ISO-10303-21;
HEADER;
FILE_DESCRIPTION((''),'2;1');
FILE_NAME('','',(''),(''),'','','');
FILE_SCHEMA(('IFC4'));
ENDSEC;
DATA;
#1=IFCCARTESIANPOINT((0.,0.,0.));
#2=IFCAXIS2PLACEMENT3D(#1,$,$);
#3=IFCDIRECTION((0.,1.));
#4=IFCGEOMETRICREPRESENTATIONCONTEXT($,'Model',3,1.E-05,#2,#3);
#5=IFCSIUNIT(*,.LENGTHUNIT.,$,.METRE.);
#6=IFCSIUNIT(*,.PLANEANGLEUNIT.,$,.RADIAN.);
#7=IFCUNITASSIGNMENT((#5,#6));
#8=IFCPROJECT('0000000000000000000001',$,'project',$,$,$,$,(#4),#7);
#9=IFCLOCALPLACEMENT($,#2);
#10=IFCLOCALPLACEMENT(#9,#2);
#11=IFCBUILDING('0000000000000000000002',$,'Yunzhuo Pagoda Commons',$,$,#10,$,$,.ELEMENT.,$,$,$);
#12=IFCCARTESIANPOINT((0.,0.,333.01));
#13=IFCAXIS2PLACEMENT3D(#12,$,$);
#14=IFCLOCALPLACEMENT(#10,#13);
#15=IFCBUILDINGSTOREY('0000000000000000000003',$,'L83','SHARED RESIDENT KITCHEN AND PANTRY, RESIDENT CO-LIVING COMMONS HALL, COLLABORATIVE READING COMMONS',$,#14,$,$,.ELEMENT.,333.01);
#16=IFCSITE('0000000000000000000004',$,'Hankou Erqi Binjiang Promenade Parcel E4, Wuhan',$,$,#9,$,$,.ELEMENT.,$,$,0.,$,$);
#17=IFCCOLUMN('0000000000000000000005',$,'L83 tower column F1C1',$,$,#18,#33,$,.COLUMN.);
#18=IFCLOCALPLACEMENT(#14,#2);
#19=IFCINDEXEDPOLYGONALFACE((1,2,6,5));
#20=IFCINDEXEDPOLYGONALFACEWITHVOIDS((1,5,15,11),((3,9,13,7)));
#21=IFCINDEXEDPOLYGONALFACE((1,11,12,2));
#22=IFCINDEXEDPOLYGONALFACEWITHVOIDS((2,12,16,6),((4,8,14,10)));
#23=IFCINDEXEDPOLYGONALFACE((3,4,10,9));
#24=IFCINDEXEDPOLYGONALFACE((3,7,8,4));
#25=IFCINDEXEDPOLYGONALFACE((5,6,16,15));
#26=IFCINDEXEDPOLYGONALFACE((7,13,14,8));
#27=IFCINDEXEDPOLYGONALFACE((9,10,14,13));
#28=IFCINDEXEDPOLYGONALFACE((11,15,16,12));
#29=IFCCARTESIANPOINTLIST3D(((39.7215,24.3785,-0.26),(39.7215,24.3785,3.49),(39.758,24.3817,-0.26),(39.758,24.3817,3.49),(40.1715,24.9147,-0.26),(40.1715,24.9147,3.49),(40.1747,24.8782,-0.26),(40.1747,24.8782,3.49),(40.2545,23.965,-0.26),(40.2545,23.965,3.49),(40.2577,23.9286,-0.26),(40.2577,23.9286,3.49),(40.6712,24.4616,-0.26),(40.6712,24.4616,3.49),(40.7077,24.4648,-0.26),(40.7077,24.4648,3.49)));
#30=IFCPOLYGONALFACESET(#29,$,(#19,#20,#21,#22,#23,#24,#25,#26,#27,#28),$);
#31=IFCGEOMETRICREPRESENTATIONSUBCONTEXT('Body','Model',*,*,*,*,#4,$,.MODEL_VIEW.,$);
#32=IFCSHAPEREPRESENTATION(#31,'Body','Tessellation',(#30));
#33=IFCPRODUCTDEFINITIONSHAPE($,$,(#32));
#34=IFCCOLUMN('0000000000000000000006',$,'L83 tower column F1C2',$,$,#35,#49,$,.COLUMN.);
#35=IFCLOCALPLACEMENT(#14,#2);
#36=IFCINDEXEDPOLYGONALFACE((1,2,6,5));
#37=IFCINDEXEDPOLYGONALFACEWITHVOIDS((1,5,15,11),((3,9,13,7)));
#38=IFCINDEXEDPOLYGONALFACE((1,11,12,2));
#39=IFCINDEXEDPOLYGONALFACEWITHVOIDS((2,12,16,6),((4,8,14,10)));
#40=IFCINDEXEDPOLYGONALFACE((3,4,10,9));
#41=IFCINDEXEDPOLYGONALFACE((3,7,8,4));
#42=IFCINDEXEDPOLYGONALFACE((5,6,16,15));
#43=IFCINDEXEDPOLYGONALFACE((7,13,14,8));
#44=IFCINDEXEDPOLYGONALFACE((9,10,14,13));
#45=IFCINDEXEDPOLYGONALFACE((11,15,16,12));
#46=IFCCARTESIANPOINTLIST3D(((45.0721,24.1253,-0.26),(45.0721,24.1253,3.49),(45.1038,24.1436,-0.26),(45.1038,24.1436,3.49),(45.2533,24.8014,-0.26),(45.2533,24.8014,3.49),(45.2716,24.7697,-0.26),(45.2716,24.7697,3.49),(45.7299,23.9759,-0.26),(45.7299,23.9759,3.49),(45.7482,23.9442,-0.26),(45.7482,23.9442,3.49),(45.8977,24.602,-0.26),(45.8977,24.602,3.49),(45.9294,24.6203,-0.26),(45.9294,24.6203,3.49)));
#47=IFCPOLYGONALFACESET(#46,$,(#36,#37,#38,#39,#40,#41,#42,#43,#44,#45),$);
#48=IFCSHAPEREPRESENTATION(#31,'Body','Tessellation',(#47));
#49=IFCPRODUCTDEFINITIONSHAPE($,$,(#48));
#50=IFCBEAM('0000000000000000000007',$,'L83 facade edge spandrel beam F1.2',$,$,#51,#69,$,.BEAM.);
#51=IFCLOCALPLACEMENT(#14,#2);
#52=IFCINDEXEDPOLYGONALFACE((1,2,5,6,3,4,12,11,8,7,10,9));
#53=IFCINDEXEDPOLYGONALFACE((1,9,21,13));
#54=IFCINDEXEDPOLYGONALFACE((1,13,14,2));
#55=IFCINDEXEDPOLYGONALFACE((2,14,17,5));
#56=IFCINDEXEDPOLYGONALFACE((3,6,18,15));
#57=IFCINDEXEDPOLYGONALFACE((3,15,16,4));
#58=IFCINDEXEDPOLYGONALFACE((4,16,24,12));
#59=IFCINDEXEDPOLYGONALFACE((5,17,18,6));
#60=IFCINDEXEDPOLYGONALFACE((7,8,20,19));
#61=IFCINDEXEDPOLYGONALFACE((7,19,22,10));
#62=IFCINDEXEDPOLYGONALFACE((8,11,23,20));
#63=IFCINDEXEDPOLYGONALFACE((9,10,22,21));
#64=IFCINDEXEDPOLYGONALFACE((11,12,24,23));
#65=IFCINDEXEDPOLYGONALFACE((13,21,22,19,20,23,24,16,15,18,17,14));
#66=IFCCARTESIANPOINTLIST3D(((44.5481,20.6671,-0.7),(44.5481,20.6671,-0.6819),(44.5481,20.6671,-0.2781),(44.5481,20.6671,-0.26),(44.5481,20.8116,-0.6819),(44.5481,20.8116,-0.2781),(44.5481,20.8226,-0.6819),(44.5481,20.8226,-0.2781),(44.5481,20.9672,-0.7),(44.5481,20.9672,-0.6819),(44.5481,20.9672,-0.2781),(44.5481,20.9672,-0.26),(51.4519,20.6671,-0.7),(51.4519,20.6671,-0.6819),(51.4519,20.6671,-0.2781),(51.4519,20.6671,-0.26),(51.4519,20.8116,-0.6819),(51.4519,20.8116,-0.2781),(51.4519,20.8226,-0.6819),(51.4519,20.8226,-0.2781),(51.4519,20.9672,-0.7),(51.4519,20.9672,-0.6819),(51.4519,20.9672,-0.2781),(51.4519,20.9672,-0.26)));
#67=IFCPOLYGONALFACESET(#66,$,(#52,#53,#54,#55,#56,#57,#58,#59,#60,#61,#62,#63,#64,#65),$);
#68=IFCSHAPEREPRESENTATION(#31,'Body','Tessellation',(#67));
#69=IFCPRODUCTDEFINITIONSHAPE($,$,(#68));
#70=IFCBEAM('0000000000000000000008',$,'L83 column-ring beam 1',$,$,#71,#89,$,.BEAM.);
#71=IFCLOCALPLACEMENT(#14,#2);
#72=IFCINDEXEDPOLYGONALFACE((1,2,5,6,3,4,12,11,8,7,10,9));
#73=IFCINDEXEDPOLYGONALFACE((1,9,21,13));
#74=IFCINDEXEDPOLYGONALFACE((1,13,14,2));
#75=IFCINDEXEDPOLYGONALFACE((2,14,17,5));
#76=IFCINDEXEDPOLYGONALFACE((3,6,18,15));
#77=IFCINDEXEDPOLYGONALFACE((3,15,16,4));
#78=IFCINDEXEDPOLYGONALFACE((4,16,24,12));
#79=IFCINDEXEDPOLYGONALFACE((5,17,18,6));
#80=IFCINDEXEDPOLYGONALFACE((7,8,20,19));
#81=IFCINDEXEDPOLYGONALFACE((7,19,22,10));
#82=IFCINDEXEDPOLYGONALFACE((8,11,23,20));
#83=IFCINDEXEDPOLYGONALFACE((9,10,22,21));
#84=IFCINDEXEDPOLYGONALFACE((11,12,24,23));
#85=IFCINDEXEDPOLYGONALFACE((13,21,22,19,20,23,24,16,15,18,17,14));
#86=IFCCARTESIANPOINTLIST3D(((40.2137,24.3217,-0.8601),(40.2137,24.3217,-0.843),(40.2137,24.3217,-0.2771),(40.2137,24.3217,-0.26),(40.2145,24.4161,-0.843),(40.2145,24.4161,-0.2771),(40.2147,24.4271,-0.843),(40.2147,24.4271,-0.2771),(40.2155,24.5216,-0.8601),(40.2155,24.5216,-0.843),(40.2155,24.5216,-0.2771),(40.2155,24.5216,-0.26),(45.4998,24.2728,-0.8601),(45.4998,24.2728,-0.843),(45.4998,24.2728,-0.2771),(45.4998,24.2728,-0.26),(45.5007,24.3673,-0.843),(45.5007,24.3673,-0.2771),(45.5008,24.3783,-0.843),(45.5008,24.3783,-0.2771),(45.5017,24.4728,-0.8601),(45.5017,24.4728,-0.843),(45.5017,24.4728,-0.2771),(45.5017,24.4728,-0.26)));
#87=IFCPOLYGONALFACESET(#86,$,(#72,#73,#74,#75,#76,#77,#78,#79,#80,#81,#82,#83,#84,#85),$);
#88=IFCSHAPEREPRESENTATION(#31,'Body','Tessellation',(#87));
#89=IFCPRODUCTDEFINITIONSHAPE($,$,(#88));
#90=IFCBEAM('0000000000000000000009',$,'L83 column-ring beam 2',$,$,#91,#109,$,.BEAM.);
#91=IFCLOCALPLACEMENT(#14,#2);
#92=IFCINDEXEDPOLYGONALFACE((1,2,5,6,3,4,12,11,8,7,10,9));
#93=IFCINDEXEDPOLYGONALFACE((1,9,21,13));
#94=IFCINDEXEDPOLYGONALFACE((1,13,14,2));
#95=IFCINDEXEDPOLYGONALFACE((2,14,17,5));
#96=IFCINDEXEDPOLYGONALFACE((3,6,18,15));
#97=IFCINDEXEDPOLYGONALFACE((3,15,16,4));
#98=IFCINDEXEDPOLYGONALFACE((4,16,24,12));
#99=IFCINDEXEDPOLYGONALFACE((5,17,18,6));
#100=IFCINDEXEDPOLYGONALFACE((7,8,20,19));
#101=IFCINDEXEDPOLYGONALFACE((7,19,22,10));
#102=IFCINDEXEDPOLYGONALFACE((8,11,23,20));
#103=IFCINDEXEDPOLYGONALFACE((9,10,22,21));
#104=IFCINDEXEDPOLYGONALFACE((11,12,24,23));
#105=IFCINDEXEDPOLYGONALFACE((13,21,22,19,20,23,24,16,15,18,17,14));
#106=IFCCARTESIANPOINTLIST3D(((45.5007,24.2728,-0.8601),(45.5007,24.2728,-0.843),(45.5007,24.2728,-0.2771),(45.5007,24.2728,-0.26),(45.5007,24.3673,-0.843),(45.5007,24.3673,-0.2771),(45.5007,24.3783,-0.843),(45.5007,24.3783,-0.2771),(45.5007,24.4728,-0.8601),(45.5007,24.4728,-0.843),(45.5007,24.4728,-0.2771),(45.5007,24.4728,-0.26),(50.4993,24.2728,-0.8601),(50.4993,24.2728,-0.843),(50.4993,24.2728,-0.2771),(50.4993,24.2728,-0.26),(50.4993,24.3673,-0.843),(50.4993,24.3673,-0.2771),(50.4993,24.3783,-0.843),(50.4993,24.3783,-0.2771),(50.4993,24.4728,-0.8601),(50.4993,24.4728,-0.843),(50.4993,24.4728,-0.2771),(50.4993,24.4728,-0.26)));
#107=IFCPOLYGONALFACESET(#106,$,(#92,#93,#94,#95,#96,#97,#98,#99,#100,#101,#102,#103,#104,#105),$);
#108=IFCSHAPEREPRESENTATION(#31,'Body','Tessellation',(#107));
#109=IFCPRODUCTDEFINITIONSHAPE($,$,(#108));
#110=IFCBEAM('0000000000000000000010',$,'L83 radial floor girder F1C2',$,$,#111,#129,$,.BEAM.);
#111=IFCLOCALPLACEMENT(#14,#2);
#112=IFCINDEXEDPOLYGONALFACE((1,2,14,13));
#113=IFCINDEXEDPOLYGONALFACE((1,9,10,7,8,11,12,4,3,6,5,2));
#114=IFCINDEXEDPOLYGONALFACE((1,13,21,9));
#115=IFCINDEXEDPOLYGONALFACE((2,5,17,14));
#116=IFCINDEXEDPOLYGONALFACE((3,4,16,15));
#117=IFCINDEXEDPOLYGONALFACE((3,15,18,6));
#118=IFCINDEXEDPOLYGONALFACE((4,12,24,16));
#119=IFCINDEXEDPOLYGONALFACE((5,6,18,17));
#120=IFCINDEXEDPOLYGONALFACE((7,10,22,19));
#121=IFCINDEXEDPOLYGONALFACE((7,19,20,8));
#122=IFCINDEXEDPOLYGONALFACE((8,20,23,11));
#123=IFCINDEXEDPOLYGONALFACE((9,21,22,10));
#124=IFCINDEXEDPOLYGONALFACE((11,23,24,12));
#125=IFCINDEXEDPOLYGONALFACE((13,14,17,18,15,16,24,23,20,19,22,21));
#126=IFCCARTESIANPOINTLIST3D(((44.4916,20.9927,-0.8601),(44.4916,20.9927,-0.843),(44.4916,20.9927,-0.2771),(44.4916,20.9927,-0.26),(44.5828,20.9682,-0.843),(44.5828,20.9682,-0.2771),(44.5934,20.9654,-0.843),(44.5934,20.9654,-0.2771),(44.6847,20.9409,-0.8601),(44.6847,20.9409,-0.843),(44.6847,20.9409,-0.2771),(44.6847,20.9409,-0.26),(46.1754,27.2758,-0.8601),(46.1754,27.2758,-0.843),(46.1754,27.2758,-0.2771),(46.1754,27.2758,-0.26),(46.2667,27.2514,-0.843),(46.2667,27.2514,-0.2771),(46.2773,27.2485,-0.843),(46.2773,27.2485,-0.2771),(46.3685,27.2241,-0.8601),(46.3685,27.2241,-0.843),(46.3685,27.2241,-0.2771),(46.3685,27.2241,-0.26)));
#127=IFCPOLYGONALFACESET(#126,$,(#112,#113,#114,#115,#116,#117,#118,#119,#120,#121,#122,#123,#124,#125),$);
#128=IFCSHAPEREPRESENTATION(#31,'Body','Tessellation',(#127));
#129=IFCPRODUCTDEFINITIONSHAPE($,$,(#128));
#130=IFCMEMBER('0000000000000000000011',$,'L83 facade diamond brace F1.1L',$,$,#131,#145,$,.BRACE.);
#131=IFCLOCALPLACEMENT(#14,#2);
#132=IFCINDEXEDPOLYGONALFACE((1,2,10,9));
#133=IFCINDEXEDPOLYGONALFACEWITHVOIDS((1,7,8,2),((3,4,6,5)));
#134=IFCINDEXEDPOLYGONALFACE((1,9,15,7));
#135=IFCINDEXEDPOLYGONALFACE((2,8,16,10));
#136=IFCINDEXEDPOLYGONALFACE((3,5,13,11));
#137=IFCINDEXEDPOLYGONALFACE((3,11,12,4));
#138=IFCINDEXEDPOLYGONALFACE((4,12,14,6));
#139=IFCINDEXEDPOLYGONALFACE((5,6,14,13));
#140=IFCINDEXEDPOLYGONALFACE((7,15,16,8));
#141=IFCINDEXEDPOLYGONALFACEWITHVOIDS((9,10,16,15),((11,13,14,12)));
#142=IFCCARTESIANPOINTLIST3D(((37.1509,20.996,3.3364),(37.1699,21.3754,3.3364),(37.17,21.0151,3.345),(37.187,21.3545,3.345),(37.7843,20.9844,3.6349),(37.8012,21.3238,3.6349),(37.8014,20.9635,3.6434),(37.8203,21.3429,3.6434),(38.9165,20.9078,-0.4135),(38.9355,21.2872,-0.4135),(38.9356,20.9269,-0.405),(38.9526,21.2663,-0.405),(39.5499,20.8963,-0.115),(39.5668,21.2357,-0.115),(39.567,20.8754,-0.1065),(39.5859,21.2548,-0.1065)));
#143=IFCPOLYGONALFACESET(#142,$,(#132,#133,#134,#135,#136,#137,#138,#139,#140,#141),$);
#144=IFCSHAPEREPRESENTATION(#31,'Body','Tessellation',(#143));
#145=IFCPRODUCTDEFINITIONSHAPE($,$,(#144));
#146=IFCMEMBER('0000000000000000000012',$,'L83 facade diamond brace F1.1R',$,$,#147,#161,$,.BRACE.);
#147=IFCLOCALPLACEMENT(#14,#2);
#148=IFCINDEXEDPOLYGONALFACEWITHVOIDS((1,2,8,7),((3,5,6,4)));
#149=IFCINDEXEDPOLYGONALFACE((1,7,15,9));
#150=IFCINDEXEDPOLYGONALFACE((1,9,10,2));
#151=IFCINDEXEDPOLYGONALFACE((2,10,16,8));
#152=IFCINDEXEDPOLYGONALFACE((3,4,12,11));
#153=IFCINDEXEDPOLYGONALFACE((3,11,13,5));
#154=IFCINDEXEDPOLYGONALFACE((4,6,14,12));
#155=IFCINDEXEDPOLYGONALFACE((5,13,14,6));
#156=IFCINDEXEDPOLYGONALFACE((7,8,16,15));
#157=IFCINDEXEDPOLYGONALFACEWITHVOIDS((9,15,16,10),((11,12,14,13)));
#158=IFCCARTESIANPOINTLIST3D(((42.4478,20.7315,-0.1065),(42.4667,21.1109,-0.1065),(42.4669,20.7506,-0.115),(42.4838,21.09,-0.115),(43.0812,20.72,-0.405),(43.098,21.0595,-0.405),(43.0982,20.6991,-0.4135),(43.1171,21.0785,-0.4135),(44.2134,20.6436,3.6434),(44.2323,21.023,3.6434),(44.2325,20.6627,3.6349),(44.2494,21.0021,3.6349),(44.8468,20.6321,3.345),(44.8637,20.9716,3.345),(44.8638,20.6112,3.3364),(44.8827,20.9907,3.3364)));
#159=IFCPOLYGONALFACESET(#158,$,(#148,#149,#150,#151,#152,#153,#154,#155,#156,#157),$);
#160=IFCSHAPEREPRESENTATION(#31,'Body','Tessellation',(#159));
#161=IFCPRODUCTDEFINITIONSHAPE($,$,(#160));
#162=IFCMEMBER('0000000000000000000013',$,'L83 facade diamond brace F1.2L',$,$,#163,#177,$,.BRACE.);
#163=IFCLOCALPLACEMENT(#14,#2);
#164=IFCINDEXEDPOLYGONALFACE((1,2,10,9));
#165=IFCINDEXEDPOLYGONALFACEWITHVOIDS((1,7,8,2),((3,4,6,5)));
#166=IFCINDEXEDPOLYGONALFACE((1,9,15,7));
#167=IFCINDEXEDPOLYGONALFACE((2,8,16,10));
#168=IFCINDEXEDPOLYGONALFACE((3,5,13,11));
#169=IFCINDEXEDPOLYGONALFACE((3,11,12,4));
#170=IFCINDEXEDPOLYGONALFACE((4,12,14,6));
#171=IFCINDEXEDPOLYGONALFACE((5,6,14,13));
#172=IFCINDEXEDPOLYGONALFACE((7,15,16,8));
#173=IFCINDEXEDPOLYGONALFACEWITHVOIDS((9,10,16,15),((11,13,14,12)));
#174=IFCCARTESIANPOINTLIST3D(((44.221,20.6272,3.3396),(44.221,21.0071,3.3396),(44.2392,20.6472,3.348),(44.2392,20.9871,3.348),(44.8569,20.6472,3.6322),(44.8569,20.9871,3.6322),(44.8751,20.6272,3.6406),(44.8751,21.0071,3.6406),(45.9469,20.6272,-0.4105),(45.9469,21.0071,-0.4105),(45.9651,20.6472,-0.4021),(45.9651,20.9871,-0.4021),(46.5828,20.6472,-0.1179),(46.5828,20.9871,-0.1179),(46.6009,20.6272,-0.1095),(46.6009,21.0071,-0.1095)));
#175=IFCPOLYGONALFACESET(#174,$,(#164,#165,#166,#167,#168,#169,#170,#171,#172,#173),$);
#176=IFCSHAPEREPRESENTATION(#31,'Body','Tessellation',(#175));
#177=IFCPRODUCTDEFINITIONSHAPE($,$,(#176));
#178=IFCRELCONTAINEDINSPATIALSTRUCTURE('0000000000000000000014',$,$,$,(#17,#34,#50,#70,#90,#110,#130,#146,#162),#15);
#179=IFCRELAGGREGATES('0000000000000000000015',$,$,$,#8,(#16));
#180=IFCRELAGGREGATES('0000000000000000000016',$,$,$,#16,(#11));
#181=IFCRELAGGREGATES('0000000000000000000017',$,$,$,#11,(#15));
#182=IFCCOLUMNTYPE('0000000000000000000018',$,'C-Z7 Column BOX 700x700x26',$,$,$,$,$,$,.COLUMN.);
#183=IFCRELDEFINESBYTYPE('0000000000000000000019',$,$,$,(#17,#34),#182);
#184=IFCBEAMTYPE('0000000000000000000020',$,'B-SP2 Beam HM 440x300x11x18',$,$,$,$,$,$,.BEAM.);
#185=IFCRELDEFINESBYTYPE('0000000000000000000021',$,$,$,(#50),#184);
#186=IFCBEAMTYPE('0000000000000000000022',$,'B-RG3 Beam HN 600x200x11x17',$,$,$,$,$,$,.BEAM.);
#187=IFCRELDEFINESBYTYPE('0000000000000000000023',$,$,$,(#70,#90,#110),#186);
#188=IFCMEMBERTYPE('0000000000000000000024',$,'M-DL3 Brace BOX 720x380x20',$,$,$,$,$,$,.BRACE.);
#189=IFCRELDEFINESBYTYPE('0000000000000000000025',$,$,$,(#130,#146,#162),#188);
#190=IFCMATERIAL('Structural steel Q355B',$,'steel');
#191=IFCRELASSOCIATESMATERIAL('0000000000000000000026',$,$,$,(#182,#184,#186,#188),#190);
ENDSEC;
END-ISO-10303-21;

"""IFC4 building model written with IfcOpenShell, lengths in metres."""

from ifc_helpers import new_model, si_unit, direction, frame, origin, origin_2d, place, context, subcontext, project, spatial, hollow_rectangle, i_section, extrude, source, transform, mapped, material, material_profile, profile_set, type_object, element, save


model = new_model("IFC4")

# Units and contexts
model_context = context("Model", 3, precision=1e-05, world=origin(), true_north=direction((0.0, 1.0)))
body_context = subcontext(model_context, "Body", "Model", "MODEL_VIEW")
ifc_project = project(units=[si_unit("LENGTHUNIT", "METRE"), si_unit("PLANEANGLEUNIT", "RADIAN")], contexts=[model_context])

# Site, building, storey
site_placement = place(None, origin())
site = spatial("IfcSite", under=ifc_project, at=site_placement, Name="Hankou Erqi Binjiang Promenade Parcel E4, Wuhan", CompositionType="ELEMENT", RefElevation=0.0)
building_placement = place(site_placement, origin())
building = spatial("IfcBuilding", under=site, at=building_placement, Name="Yunzhuo Pagoda Commons", CompositionType="ELEMENT")
storey_placement = place(building_placement, frame((0.0, 0.0, 333.01)))
storey = spatial("IfcBuildingStorey", under=building, at=storey_placement, Name="L83", Description="SHARED RESIDENT KITCHEN AND PANTRY, RESIDENT CO-LIVING COMMONS HALL, COLLABORATIVE READING COMMONS", CompositionType="ELEMENT", Elevation=333.01)

# Columns
ifc_material_1 = material(Name="Structural steel Q355B", Category="steel")
ifc_material_profile_1 = material_profile(ifc_material_1, hollow_rectangle(XDim=0.7, YDim=0.7, WallThickness=0.0259, at=origin_2d()), Name="Structural steel Q355B")
ifc_profile_set_1 = profile_set([ifc_material_profile_1], Name="Structural steel Q355B")
column_type = type_object("IfcColumnType", Name="C-Z7 Column BOX 700x700x26", PredefinedType="COLUMN", material=ifc_profile_set_1)
shared_shape_1 = source(origin(), body_context, "Body", "SweptSolid", [
    extrude(hollow_rectangle(XDim=0.7, YDim=0.7, WallThickness=0.0259, at=origin_2d()), origin(), (0.0, 0.0, 1.0), 3.75),
])
for number, where, z_axis, x_axis, name in (
    (1, (40.2146, 24.4216, -0.26), (0.0, 0.0, 1.0), (0.766044, -0.642788, 0.0), "L83 tower column F1C1"),
    (2, (45.5007, 24.3728, -0.26), (0.0, 0.0, 1.0), (0.965926, -0.258819, 0.0), "L83 tower column F1C2"),
):
    element("IfcColumn", number, at=place(storey_placement, frame(where, z_axis=z_axis, x_axis=x_axis)), inside=storey, type_object=column_type, Name=name, PredefinedType="COLUMN", context=body_context, shape_type="MappedRepresentation", body=[
        mapped(shared_shape_1, transform((0.0, 0.0, 0.0), scale=1.0)),
    ])

# Beams
ifc_material_profile_2 = material_profile(ifc_material_1, i_section(OverallWidth=0.3, OverallDepth=0.4399, WebThickness=0.011, FlangeThickness=0.0181, at=origin_2d()), Name="Structural steel Q355B")
ifc_profile_set_2 = profile_set([ifc_material_profile_2], Name="Structural steel Q355B")
beam_type_1 = type_object("IfcBeamType", Name="B-SP2 Beam HM 440x300x11x18", PredefinedType="BEAM", material=ifc_profile_set_2)
shared_shape_2 = source(origin(), body_context, "Body", "SweptSolid", [
    extrude(i_section(OverallWidth=0.3, OverallDepth=0.4399, WebThickness=0.011, FlangeThickness=0.0181, at=origin_2d()), origin(), (0.0, 0.0, 1.0), 6.9038),
])
beam_1_placement = place(storey_placement, frame((44.5481, 20.8171, -0.48), z_axis=(1.0, 0.0, 0.0), x_axis=(0.0, 1.0, 0.0)))
element("IfcBeam", 3, at=beam_1_placement, inside=storey, type_object=beam_type_1, Name="L83 facade edge spandrel beam F1.2", PredefinedType="BEAM", context=body_context, shape_type="MappedRepresentation", body=[
    mapped(shared_shape_2, transform((0.0, 0.0, 0.0), scale=1.0)),
])
ifc_material_profile_3 = material_profile(ifc_material_1, i_section(OverallWidth=0.2, OverallDepth=0.6001, WebThickness=0.011, FlangeThickness=0.0171, at=origin_2d()), Name="Structural steel Q355B")
ifc_profile_set_3 = profile_set([ifc_material_profile_3], Name="Structural steel Q355B")
beam_type_2 = type_object("IfcBeamType", Name="B-RG3 Beam HN 600x200x11x17", PredefinedType="BEAM", material=ifc_profile_set_3)
shared_shape_3 = source(origin(), body_context, "Body", "SweptSolid", [
    extrude(i_section(OverallWidth=0.2, OverallDepth=0.6001, WebThickness=0.011, FlangeThickness=0.0171, at=origin_2d()), origin(), (0.0, 0.0, 1.0), 5.2864),
])
beam_2_placement = place(storey_placement, frame((40.2146, 24.4216, -0.5601), z_axis=(0.999957, -0.009237, 0.0), x_axis=(0.009237, 0.999957, 0.0)))
element("IfcBeam", 4, at=beam_2_placement, inside=storey, type_object=beam_type_2, Name="L83 column-ring beam 1", PredefinedType="BEAM", context=body_context, shape_type="MappedRepresentation", body=[
    mapped(shared_shape_3, transform((0.0, 0.0, 0.0), scale=1.0)),
])
shared_shape_4 = source(origin(), body_context, "Body", "SweptSolid", [
    extrude(i_section(OverallWidth=0.2, OverallDepth=0.6001, WebThickness=0.011, FlangeThickness=0.0171, at=origin_2d()), origin(), (0.0, 0.0, 1.0), 4.9985),
])
beam_3_placement = place(storey_placement, frame((45.5007, 24.3728, -0.5601), z_axis=(1.0, 0.0, 0.0), x_axis=(0.0, 1.0, 0.0)))
element("IfcBeam", 5, at=beam_3_placement, inside=storey, type_object=beam_type_2, Name="L83 column-ring beam 2", PredefinedType="BEAM", context=body_context, shape_type="MappedRepresentation", body=[
    mapped(shared_shape_4, transform((0.0, 0.0, 0.0), scale=1.0)),
])
shared_shape_5 = source(origin(), body_context, "Body", "SweptSolid", [
    extrude(i_section(OverallWidth=0.2, OverallDepth=0.6001, WebThickness=0.011, FlangeThickness=0.0171, at=origin_2d()), origin(), (0.0, 0.0, 1.0), 6.5049),
])
beam_4_placement = place(storey_placement, frame((44.5881, 20.9668, -0.5601), z_axis=(0.258856, 0.965916, 0.0), x_axis=(-0.965916, 0.258856, 0.0)))
element("IfcBeam", 6, at=beam_4_placement, inside=storey, type_object=beam_type_2, Name="L83 radial floor girder F1C2", PredefinedType="BEAM", context=body_context, shape_type="MappedRepresentation", body=[
    mapped(shared_shape_5, transform((0.0, 0.0, 0.0), scale=1.0)),
])

# Members
ifc_material_profile_4 = material_profile(ifc_material_1, hollow_rectangle(XDim=0.3799, YDim=0.72, WallThickness=0.02, at=origin_2d()), Name="Structural steel Q355B")
ifc_profile_set_4 = profile_set([ifc_material_profile_4], Name="Structural steel Q355B")
member_type_1 = type_object("IfcMemberType", Name="M-DL3 Brace BOX 720x380x20", PredefinedType="BRACE", material=ifc_profile_set_4)
shared_shape_6 = source(origin(), body_context, "Body", "SweptSolid", [
    extrude(hollow_rectangle(XDim=0.3799, YDim=0.72, WallThickness=0.02, at=origin_2d()), origin(), (0.0, 0.0, 1.0), 4.1458),
])
for number, where, z_axis, x_axis, name in (
    (7, (39.2512, 21.0813, -0.26), (-0.425882, 0.021259, 0.904529), (-0.049855, -0.998756, 0.0), "L83 facade diamond brace F1.1L"),
    (8, (42.7825, 20.905, -0.26), (0.425883, -0.0212, 0.90453), (0.049717, 0.998763, 0.0), "L83 facade diamond brace F1.1R"),
):
    element("IfcMember", number, at=place(storey_placement, frame(where, z_axis=z_axis, x_axis=x_axis)), inside=storey, type_object=member_type_1, Name=name, PredefinedType="BRACE", context=body_context, shape_type="MappedRepresentation", body=[
        mapped(shared_shape_6, transform((0.0, 0.0, 0.0), scale=1.0)),
    ])
shared_shape_7 = source(origin(), body_context, "Body", "SweptSolid", [
    extrude(hollow_rectangle(XDim=0.3799, YDim=0.72, WallThickness=0.02, at=origin_2d()), origin(), (0.0, 0.0, 1.0), 4.1282),
])
member_1_placement = place(storey_placement, frame((46.2739, 20.8171, -0.26), z_axis=(-0.418072, 0.0, 0.908414), x_axis=(0.0, -1.0, 0.0)))
element("IfcMember", 9, at=member_1_placement, inside=storey, type_object=member_type_1, Name="L83 facade diamond brace F1.2L", PredefinedType="BRACE", context=body_context, shape_type="MappedRepresentation", body=[
    mapped(shared_shape_7, transform((0.0, 0.0, 0.0), scale=1.0)),
])

save(model, "model.ifc")
